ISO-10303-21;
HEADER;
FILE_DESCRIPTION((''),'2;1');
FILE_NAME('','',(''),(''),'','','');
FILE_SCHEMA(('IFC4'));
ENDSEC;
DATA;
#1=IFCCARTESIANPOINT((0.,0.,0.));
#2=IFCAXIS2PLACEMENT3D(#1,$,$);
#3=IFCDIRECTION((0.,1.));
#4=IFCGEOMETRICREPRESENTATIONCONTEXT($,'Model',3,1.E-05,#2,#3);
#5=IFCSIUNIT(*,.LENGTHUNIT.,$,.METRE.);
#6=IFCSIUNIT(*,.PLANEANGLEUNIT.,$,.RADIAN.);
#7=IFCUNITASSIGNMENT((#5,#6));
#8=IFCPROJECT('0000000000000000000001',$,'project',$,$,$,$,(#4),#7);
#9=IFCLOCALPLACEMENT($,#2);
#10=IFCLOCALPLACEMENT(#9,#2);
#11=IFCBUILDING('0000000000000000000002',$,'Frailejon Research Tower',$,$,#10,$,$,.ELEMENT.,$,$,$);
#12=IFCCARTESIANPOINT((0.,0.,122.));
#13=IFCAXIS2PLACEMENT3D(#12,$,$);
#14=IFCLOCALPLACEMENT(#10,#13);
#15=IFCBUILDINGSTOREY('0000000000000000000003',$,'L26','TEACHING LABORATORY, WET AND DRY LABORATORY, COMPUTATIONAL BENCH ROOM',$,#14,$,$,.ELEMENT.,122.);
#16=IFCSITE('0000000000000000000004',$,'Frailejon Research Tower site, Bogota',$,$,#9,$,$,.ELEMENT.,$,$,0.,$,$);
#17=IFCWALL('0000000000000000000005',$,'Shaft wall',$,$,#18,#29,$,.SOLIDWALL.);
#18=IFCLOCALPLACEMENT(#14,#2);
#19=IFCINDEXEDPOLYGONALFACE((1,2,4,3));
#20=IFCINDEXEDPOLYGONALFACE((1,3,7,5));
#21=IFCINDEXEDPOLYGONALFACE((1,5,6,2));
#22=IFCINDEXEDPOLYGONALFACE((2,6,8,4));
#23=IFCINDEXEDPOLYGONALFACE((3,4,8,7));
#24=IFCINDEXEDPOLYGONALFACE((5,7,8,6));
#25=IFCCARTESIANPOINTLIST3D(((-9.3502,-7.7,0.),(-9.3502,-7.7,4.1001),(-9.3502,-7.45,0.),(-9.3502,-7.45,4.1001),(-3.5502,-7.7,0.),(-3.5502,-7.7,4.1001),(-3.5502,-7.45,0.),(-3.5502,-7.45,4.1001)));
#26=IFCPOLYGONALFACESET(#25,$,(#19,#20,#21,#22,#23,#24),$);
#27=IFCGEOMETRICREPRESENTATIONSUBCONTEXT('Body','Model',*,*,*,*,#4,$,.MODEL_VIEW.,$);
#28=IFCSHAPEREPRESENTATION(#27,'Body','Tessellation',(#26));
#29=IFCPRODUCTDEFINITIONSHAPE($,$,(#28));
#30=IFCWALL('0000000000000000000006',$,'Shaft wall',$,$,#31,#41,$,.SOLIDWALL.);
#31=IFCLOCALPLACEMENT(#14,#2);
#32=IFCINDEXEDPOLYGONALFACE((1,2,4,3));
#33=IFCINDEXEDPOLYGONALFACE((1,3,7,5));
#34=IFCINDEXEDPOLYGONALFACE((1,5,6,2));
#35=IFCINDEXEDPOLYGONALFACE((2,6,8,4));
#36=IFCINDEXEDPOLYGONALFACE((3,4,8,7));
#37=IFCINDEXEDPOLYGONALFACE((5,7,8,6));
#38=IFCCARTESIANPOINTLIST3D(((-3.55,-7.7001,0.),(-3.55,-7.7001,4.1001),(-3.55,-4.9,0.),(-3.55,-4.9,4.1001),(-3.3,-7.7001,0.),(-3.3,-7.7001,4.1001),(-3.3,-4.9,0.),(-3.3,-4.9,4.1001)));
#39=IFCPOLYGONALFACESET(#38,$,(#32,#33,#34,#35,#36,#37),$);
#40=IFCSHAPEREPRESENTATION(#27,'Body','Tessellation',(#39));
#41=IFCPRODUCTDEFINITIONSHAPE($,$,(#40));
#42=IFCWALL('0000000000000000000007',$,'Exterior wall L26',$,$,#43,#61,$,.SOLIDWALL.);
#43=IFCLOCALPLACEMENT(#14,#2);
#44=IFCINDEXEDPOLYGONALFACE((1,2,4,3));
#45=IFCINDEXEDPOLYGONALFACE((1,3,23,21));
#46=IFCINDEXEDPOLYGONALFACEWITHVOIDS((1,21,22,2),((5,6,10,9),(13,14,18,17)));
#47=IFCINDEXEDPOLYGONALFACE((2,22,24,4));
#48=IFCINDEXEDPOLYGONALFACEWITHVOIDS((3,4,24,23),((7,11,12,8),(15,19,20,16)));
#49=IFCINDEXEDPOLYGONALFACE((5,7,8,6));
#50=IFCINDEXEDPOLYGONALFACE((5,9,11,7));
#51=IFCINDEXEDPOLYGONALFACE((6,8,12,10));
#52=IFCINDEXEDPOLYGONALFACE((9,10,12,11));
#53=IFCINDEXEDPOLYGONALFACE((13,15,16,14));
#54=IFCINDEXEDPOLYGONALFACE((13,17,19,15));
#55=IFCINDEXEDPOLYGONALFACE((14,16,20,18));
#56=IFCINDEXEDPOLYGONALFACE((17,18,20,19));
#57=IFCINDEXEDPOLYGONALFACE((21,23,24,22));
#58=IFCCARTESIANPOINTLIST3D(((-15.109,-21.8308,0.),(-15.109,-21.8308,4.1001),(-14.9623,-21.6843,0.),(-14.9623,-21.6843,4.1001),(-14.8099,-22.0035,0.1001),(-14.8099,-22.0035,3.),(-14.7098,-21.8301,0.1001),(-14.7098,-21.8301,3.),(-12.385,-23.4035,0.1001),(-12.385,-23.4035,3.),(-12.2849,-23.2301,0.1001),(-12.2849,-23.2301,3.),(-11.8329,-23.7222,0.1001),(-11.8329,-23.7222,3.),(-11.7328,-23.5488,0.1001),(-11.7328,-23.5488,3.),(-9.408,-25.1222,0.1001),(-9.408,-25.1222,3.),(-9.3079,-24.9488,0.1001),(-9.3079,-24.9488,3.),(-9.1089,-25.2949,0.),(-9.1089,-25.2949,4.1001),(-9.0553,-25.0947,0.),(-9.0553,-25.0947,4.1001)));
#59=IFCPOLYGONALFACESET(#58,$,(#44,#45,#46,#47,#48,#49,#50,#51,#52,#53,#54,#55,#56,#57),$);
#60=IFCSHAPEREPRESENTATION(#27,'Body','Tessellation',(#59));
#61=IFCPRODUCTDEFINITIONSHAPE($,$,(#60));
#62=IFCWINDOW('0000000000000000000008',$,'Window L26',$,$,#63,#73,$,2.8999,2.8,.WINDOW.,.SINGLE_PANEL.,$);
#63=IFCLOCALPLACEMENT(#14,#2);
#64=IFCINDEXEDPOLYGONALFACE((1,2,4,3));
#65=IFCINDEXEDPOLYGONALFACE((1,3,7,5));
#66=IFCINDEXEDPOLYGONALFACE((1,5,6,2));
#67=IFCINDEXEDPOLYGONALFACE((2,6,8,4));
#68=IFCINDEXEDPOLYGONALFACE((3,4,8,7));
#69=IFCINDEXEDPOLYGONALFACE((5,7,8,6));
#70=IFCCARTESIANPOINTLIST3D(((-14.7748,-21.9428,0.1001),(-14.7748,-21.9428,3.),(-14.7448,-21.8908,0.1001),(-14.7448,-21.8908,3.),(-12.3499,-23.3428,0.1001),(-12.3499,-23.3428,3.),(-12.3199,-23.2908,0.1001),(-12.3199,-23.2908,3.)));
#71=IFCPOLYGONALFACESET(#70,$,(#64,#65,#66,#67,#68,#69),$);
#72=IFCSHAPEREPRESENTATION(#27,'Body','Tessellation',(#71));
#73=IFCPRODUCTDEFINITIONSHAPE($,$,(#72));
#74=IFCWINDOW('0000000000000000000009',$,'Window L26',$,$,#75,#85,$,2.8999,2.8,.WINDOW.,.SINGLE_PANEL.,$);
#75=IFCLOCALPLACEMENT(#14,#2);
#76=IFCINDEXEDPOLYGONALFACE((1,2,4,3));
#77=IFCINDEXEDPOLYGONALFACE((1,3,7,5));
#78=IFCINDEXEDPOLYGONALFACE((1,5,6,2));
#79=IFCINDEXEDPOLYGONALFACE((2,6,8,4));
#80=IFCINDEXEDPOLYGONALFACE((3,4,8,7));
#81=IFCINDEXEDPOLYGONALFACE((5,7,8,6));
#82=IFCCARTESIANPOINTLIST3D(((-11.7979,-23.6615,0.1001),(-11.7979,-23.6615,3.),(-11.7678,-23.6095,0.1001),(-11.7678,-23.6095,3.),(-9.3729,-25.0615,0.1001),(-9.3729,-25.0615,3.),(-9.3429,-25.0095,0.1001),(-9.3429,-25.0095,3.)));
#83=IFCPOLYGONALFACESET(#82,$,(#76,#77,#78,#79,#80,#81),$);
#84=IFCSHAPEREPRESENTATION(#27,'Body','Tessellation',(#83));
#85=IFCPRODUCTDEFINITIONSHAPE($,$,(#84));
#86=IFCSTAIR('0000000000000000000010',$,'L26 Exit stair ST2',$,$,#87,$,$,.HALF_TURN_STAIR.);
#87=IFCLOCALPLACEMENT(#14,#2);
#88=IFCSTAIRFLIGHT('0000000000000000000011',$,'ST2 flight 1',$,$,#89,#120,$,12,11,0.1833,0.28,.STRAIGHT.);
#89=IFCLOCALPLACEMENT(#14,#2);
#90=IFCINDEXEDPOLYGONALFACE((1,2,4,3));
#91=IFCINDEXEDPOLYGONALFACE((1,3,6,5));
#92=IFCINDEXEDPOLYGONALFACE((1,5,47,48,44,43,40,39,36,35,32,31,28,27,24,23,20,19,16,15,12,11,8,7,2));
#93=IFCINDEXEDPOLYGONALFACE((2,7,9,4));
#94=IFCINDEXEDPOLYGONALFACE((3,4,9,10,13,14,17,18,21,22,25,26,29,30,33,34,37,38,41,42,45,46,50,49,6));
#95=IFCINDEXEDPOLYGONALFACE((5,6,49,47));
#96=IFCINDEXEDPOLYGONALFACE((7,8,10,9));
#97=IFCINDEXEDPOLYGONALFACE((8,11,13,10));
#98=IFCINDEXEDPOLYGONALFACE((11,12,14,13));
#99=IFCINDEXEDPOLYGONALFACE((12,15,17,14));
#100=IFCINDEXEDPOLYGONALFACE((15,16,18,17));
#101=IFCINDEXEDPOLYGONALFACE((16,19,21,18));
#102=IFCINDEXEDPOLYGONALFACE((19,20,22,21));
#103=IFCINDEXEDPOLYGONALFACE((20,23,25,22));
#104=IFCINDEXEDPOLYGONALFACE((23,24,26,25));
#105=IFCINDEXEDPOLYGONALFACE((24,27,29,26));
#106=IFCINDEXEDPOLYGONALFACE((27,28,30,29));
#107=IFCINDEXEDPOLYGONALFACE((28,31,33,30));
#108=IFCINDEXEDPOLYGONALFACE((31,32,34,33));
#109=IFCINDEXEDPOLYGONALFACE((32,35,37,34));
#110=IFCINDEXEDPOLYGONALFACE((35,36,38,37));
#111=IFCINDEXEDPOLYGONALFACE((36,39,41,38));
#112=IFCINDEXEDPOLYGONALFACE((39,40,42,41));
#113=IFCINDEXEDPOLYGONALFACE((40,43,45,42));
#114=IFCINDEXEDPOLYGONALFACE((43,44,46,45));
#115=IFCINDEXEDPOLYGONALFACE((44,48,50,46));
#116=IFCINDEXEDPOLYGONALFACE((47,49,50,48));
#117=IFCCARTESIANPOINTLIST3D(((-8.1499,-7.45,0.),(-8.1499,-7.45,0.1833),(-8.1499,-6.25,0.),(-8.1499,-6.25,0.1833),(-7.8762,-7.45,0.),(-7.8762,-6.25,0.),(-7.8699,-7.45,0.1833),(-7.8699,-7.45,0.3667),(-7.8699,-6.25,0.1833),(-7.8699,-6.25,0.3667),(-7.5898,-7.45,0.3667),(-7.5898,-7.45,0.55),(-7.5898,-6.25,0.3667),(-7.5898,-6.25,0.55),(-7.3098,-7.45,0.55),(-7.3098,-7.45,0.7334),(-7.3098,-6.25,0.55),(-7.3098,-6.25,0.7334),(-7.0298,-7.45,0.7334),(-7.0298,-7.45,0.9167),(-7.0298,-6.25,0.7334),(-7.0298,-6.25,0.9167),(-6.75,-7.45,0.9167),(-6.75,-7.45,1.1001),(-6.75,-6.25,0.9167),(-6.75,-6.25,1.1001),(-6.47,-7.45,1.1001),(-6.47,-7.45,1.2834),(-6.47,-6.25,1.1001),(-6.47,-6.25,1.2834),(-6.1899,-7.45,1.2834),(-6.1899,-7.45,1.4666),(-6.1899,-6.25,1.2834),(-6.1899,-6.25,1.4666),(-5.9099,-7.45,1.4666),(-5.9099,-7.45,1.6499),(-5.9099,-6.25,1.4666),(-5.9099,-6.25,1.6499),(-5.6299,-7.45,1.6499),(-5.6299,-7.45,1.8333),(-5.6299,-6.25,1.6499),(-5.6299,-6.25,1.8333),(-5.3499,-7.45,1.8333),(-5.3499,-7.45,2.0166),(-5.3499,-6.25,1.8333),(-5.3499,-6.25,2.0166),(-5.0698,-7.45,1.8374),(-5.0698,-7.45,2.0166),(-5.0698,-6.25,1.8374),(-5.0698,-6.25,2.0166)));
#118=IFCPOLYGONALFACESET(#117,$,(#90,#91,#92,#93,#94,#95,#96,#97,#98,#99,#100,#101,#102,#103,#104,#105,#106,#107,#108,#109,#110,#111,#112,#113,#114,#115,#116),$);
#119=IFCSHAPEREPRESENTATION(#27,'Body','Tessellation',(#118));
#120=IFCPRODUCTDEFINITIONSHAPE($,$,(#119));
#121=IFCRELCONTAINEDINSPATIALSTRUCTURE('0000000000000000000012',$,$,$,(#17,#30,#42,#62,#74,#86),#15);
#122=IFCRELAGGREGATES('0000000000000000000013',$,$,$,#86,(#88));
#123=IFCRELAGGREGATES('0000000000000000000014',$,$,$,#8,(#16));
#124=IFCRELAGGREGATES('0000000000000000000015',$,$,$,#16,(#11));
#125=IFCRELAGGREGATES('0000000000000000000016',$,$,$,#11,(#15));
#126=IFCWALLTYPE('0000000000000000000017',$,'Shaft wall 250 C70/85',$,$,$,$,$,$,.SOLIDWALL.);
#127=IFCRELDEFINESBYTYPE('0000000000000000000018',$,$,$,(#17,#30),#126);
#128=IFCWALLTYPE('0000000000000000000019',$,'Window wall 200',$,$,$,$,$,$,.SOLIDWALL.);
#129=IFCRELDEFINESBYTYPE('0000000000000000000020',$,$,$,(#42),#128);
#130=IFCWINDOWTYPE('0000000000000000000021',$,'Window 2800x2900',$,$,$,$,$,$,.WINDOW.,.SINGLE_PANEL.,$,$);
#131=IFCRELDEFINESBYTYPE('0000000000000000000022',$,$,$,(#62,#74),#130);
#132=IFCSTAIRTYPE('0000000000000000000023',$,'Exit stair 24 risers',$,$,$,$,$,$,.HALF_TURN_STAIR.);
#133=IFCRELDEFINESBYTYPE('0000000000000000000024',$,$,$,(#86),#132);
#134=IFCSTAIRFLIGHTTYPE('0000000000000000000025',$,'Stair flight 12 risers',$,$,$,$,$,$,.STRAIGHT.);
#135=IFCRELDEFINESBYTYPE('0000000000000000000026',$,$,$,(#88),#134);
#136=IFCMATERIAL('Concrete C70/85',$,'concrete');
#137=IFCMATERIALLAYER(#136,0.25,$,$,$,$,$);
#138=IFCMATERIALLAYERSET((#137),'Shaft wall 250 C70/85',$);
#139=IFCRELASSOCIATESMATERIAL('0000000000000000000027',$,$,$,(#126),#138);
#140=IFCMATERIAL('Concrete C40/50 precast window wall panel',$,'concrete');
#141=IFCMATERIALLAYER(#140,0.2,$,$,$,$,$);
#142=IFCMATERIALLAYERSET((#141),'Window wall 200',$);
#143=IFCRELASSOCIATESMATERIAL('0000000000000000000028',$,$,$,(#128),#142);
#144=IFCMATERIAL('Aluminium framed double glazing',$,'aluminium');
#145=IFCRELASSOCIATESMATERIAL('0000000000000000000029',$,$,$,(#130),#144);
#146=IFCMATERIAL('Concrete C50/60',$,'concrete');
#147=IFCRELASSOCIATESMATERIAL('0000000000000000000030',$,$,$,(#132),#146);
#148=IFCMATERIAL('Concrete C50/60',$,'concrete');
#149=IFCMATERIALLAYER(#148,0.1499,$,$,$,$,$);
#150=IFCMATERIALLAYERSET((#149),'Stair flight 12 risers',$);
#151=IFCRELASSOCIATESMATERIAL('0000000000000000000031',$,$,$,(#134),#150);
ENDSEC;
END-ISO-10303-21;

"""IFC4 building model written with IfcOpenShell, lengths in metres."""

from ifc_helpers import new_model, si_unit, direction, frame, frame_2d, origin, place, context, subcontext, project, spatial, polyline, rectangle, outline, extrude, material, layer, layer_set, type_object, element, fill, aggregate, save


model = new_model("IFC4")

# Units and contexts
model_context = context("Model", 3, precision=1e-05, world=origin(), true_north=direction((0.0, 1.0)))
body_context = subcontext(model_context, "Body", "Model", "MODEL_VIEW")
ifc_project = project(units=[si_unit("LENGTHUNIT", "METRE"), si_unit("PLANEANGLEUNIT", "RADIAN")], contexts=[model_context])

# Site, building, storey
site_placement = place(None, origin())
site = spatial("IfcSite", under=ifc_project, at=site_placement, Name="Frailejon Research Tower site, Bogota", CompositionType="ELEMENT", RefElevation=0.0)
building_placement = place(site_placement, origin())
building = spatial("IfcBuilding", under=site, at=building_placement, Name="Frailejon Research Tower", CompositionType="ELEMENT")
storey_placement = place(building_placement, frame((0.0, 0.0, 122.0)))
storey = spatial("IfcBuildingStorey", under=building, at=storey_placement, Name="L26", Description="TEACHING LABORATORY, WET AND DRY LABORATORY, COMPUTATIONAL BENCH ROOM", CompositionType="ELEMENT", Elevation=122.0)

# Walls
ifc_material_1 = material(Name="Concrete C70/85", Category="concrete")
ifc_layer_1 = layer(ifc_material_1, 0.25)
ifc_layer_set_1 = layer_set([ifc_layer_1], Name="Shaft wall 250 C70/85")
wall_type_1 = type_object("IfcWallType", Name="Shaft wall 250 C70/85", PredefinedType="SOLIDWALL", material=ifc_layer_set_1)
wall_1_placement = place(storey_placement, frame((-9.3501, -7.575, 0.0), z_axis=(0.0, 0.0, 1.0), x_axis=(1.0, 0.0, 0.0)))
element("IfcWall", 1, at=wall_1_placement, inside=storey, type_object=wall_type_1, Name="Shaft wall", PredefinedType="SOLIDWALL", context=body_context, shape_type="SweptSolid", body=[
    extrude(rectangle(XDim=5.8, YDim=0.25, at=frame_2d((2.8999, 0.0))), origin(), (0.0, 0.0, 1.0), 4.1001),
])
wall_2_placement = place(storey_placement, frame((-3.425, -7.7, 0.0), z_axis=(0.0, 0.0, 1.0), x_axis=(0.0, 1.0, 0.0)))
element("IfcWall", 2, at=wall_2_placement, inside=storey, type_object=wall_type_1, Name="Shaft wall", PredefinedType="SOLIDWALL", context=body_context, shape_type="SweptSolid", body=[
    extrude(rectangle(XDim=2.8, YDim=0.25, at=frame_2d((1.3999, 0.0))), origin(), (0.0, 0.0, 1.0), 4.1001),
])

# Wall, openings, windows
ifc_material_2 = material(Name="Concrete C40/50 precast window wall panel", Category="concrete")
ifc_layer_2 = layer(ifc_material_2, 0.2)
ifc_layer_set_2 = layer_set([ifc_layer_2], Name="Window wall 200")
wall_type_2 = type_object("IfcWallType", Name="Window wall 200", PredefinedType="SOLIDWALL", material=ifc_layer_set_2)
wall_3_placement = place(storey_placement, frame((-15.0356, -21.7576, 0.0), z_axis=(0.0, 0.0, 1.0), x_axis=(0.866029, -0.499993, 0.0)))
wall_3 = element("IfcWall", 3, at=wall_3_placement, inside=storey, type_object=wall_type_2, Name="Exterior wall L26", PredefinedType="SOLIDWALL", context=body_context, shape_type="SweptSolid", body=[
    extrude(outline(polyline([(-0.0269, -0.1001), (1.1279, -0.1001), (2.2825, -0.1001), (3.4373, -0.1001), (4.592, -0.1001), (5.7466, -0.1001), (6.9014, -0.1001), (6.8477, 0.1001), (5.7109, 0.1001), (4.574, 0.1001), (3.4373, 0.1001), (2.3005, 0.1001), (1.1636, 0.1001), (0.0269, 0.1001), (-0.0269, -0.1001)])), origin(), (0.0, 0.0, 1.0), 4.1001),
])
opening_1_placement = place(wall_3_placement, frame((0.3186, 0.0, 0.1001)))
opening_1 = element("IfcOpeningElement", 4, at=opening_1_placement, cuts=wall_3, PredefinedType="OPENING", context=body_context, shape_type="SweptSolid", body=[
    extrude(rectangle(XDim=2.8, YDim=2.8999, at=frame_2d((1.3999, 1.45))), frame((0.0, 0.1099, 0.0), z_axis=(0.0, -1.0, 0.0), x_axis=(1.0, 0.0, 0.0)), (0.0, 0.0, 1.0), 0.22),
])
opening_2_placement = place(wall_3_placement, frame((3.7561, 0.0, 0.1001)))
opening_2 = element("IfcOpeningElement", 5, at=opening_2_placement, cuts=wall_3, PredefinedType="OPENING", context=body_context, shape_type="SweptSolid", body=[
    extrude(rectangle(XDim=2.8, YDim=2.8999, at=frame_2d((1.3999, 1.45))), frame((0.0, 0.1099, 0.0), z_axis=(0.0, -1.0, 0.0), x_axis=(1.0, 0.0, 0.0)), (0.0, 0.0, 1.0), 0.22),
])
ifc_material_3 = material(Name="Aluminium framed double glazing", Category="aluminium")
window_type = type_object("IfcWindowType", Name="Window 2800x2900", PartitioningType="SINGLE_PANEL", PredefinedType="WINDOW", material=ifc_material_3)
window_1_placement = place(opening_1_placement, origin())
window_1 = element("IfcWindow", 6, at=window_1_placement, inside=storey, type_object=window_type, Name="Window L26", OverallHeight=2.8999, OverallWidth=2.8, PartitioningType="SINGLE_PANEL", PredefinedType="WINDOW", context=body_context, shape_type="SweptSolid", body=[
    extrude(rectangle(XDim=2.8, YDim=2.8999, at=frame_2d((1.3999, 1.45))), frame((0.0, 0.03, 0.0), z_axis=(0.0, -1.0, 0.0), x_axis=(1.0, 0.0, 0.0)), (0.0, 0.0, 1.0), 0.0601),
])
fill(opening_1, window_1)
window_2_placement = place(opening_2_placement, origin())
window_2 = element("IfcWindow", 7, at=window_2_placement, inside=storey, type_object=window_type, Name="Window L26", OverallHeight=2.8999, OverallWidth=2.8, PartitioningType="SINGLE_PANEL", PredefinedType="WINDOW", context=body_context, shape_type="SweptSolid", body=[
    extrude(rectangle(XDim=2.8, YDim=2.8999, at=frame_2d((1.3999, 1.45))), frame((0.0, 0.03, 0.0), z_axis=(0.0, -1.0, 0.0), x_axis=(1.0, 0.0, 0.0)), (0.0, 0.0, 1.0), 0.0601),
])
fill(opening_2, window_2)

# Stair, stair flight
ifc_material_4 = material(Name="Concrete C50/60", Category="concrete")
stair_type = type_object("IfcStairType", Name="Exit stair 24 risers", PredefinedType="HALF_TURN_STAIR", material=ifc_material_4)
stair_placement = place(storey_placement, origin())
stair = element("IfcStair", 8, at=stair_placement, inside=storey, type_object=stair_type, Name="L26 Exit stair ST2", PredefinedType="HALF_TURN_STAIR")
ifc_material_5 = material(Name="Concrete C50/60", Category="concrete")
ifc_layer_3 = layer(ifc_material_5, 0.1499)
ifc_layer_set_3 = layer_set([ifc_layer_3], Name="Stair flight 12 risers")
stair_flight_type = type_object("IfcStairFlightType", Name="Stair flight 12 risers", PredefinedType="STRAIGHT", material=ifc_layer_set_3)
stair_flight_placement = place(storey_placement, frame((-8.1499, -6.8501, 0.0), z_axis=(0.0, 0.0, 1.0), x_axis=(1.0, 0.0, 0.0)))
stair_flight = element("IfcStairFlight", 9, at=stair_flight_placement, type_object=stair_flight_type, Name="ST2 flight 1", NumberOfRisers=12, NumberOfTreads=11, PredefinedType="STRAIGHT", RiserHeight=0.1833, TreadLength=0.28, context=body_context, shape_type="SweptSolid", body=[
    extrude(outline(polyline([(0.0, 0.0), (0.0, 0.1833), (0.28, 0.1833), (0.28, 0.3667), (0.5601, 0.3667), (0.5601, 0.55), (0.8401, 0.55), (0.8401, 0.7334), (1.1201, 0.7334), (1.1201, 0.9167), (1.3999, 0.9167), (1.3999, 1.1001), (1.6799, 1.1001), (1.6799, 1.2834), (1.96, 1.2834), (1.96, 1.4666), (2.24, 1.4666), (2.24, 1.6499), (2.52, 1.6499), (2.52, 1.8333), (2.8, 1.8333), (2.8, 2.0166), (3.0801, 2.0166), (3.0801, 2.2), (3.0801, 1.8374), (0.2737, 0.0), (0.0, 0.0)])), frame((0.0, 0.6001, 0.0), z_axis=(0.0, -1.0, 0.0), x_axis=(1.0, 0.0, 0.0)), (0.0, 0.0, 1.0), 1.2),
])
aggregate(stair, [stair_flight])

save(model, "model.ifc")
